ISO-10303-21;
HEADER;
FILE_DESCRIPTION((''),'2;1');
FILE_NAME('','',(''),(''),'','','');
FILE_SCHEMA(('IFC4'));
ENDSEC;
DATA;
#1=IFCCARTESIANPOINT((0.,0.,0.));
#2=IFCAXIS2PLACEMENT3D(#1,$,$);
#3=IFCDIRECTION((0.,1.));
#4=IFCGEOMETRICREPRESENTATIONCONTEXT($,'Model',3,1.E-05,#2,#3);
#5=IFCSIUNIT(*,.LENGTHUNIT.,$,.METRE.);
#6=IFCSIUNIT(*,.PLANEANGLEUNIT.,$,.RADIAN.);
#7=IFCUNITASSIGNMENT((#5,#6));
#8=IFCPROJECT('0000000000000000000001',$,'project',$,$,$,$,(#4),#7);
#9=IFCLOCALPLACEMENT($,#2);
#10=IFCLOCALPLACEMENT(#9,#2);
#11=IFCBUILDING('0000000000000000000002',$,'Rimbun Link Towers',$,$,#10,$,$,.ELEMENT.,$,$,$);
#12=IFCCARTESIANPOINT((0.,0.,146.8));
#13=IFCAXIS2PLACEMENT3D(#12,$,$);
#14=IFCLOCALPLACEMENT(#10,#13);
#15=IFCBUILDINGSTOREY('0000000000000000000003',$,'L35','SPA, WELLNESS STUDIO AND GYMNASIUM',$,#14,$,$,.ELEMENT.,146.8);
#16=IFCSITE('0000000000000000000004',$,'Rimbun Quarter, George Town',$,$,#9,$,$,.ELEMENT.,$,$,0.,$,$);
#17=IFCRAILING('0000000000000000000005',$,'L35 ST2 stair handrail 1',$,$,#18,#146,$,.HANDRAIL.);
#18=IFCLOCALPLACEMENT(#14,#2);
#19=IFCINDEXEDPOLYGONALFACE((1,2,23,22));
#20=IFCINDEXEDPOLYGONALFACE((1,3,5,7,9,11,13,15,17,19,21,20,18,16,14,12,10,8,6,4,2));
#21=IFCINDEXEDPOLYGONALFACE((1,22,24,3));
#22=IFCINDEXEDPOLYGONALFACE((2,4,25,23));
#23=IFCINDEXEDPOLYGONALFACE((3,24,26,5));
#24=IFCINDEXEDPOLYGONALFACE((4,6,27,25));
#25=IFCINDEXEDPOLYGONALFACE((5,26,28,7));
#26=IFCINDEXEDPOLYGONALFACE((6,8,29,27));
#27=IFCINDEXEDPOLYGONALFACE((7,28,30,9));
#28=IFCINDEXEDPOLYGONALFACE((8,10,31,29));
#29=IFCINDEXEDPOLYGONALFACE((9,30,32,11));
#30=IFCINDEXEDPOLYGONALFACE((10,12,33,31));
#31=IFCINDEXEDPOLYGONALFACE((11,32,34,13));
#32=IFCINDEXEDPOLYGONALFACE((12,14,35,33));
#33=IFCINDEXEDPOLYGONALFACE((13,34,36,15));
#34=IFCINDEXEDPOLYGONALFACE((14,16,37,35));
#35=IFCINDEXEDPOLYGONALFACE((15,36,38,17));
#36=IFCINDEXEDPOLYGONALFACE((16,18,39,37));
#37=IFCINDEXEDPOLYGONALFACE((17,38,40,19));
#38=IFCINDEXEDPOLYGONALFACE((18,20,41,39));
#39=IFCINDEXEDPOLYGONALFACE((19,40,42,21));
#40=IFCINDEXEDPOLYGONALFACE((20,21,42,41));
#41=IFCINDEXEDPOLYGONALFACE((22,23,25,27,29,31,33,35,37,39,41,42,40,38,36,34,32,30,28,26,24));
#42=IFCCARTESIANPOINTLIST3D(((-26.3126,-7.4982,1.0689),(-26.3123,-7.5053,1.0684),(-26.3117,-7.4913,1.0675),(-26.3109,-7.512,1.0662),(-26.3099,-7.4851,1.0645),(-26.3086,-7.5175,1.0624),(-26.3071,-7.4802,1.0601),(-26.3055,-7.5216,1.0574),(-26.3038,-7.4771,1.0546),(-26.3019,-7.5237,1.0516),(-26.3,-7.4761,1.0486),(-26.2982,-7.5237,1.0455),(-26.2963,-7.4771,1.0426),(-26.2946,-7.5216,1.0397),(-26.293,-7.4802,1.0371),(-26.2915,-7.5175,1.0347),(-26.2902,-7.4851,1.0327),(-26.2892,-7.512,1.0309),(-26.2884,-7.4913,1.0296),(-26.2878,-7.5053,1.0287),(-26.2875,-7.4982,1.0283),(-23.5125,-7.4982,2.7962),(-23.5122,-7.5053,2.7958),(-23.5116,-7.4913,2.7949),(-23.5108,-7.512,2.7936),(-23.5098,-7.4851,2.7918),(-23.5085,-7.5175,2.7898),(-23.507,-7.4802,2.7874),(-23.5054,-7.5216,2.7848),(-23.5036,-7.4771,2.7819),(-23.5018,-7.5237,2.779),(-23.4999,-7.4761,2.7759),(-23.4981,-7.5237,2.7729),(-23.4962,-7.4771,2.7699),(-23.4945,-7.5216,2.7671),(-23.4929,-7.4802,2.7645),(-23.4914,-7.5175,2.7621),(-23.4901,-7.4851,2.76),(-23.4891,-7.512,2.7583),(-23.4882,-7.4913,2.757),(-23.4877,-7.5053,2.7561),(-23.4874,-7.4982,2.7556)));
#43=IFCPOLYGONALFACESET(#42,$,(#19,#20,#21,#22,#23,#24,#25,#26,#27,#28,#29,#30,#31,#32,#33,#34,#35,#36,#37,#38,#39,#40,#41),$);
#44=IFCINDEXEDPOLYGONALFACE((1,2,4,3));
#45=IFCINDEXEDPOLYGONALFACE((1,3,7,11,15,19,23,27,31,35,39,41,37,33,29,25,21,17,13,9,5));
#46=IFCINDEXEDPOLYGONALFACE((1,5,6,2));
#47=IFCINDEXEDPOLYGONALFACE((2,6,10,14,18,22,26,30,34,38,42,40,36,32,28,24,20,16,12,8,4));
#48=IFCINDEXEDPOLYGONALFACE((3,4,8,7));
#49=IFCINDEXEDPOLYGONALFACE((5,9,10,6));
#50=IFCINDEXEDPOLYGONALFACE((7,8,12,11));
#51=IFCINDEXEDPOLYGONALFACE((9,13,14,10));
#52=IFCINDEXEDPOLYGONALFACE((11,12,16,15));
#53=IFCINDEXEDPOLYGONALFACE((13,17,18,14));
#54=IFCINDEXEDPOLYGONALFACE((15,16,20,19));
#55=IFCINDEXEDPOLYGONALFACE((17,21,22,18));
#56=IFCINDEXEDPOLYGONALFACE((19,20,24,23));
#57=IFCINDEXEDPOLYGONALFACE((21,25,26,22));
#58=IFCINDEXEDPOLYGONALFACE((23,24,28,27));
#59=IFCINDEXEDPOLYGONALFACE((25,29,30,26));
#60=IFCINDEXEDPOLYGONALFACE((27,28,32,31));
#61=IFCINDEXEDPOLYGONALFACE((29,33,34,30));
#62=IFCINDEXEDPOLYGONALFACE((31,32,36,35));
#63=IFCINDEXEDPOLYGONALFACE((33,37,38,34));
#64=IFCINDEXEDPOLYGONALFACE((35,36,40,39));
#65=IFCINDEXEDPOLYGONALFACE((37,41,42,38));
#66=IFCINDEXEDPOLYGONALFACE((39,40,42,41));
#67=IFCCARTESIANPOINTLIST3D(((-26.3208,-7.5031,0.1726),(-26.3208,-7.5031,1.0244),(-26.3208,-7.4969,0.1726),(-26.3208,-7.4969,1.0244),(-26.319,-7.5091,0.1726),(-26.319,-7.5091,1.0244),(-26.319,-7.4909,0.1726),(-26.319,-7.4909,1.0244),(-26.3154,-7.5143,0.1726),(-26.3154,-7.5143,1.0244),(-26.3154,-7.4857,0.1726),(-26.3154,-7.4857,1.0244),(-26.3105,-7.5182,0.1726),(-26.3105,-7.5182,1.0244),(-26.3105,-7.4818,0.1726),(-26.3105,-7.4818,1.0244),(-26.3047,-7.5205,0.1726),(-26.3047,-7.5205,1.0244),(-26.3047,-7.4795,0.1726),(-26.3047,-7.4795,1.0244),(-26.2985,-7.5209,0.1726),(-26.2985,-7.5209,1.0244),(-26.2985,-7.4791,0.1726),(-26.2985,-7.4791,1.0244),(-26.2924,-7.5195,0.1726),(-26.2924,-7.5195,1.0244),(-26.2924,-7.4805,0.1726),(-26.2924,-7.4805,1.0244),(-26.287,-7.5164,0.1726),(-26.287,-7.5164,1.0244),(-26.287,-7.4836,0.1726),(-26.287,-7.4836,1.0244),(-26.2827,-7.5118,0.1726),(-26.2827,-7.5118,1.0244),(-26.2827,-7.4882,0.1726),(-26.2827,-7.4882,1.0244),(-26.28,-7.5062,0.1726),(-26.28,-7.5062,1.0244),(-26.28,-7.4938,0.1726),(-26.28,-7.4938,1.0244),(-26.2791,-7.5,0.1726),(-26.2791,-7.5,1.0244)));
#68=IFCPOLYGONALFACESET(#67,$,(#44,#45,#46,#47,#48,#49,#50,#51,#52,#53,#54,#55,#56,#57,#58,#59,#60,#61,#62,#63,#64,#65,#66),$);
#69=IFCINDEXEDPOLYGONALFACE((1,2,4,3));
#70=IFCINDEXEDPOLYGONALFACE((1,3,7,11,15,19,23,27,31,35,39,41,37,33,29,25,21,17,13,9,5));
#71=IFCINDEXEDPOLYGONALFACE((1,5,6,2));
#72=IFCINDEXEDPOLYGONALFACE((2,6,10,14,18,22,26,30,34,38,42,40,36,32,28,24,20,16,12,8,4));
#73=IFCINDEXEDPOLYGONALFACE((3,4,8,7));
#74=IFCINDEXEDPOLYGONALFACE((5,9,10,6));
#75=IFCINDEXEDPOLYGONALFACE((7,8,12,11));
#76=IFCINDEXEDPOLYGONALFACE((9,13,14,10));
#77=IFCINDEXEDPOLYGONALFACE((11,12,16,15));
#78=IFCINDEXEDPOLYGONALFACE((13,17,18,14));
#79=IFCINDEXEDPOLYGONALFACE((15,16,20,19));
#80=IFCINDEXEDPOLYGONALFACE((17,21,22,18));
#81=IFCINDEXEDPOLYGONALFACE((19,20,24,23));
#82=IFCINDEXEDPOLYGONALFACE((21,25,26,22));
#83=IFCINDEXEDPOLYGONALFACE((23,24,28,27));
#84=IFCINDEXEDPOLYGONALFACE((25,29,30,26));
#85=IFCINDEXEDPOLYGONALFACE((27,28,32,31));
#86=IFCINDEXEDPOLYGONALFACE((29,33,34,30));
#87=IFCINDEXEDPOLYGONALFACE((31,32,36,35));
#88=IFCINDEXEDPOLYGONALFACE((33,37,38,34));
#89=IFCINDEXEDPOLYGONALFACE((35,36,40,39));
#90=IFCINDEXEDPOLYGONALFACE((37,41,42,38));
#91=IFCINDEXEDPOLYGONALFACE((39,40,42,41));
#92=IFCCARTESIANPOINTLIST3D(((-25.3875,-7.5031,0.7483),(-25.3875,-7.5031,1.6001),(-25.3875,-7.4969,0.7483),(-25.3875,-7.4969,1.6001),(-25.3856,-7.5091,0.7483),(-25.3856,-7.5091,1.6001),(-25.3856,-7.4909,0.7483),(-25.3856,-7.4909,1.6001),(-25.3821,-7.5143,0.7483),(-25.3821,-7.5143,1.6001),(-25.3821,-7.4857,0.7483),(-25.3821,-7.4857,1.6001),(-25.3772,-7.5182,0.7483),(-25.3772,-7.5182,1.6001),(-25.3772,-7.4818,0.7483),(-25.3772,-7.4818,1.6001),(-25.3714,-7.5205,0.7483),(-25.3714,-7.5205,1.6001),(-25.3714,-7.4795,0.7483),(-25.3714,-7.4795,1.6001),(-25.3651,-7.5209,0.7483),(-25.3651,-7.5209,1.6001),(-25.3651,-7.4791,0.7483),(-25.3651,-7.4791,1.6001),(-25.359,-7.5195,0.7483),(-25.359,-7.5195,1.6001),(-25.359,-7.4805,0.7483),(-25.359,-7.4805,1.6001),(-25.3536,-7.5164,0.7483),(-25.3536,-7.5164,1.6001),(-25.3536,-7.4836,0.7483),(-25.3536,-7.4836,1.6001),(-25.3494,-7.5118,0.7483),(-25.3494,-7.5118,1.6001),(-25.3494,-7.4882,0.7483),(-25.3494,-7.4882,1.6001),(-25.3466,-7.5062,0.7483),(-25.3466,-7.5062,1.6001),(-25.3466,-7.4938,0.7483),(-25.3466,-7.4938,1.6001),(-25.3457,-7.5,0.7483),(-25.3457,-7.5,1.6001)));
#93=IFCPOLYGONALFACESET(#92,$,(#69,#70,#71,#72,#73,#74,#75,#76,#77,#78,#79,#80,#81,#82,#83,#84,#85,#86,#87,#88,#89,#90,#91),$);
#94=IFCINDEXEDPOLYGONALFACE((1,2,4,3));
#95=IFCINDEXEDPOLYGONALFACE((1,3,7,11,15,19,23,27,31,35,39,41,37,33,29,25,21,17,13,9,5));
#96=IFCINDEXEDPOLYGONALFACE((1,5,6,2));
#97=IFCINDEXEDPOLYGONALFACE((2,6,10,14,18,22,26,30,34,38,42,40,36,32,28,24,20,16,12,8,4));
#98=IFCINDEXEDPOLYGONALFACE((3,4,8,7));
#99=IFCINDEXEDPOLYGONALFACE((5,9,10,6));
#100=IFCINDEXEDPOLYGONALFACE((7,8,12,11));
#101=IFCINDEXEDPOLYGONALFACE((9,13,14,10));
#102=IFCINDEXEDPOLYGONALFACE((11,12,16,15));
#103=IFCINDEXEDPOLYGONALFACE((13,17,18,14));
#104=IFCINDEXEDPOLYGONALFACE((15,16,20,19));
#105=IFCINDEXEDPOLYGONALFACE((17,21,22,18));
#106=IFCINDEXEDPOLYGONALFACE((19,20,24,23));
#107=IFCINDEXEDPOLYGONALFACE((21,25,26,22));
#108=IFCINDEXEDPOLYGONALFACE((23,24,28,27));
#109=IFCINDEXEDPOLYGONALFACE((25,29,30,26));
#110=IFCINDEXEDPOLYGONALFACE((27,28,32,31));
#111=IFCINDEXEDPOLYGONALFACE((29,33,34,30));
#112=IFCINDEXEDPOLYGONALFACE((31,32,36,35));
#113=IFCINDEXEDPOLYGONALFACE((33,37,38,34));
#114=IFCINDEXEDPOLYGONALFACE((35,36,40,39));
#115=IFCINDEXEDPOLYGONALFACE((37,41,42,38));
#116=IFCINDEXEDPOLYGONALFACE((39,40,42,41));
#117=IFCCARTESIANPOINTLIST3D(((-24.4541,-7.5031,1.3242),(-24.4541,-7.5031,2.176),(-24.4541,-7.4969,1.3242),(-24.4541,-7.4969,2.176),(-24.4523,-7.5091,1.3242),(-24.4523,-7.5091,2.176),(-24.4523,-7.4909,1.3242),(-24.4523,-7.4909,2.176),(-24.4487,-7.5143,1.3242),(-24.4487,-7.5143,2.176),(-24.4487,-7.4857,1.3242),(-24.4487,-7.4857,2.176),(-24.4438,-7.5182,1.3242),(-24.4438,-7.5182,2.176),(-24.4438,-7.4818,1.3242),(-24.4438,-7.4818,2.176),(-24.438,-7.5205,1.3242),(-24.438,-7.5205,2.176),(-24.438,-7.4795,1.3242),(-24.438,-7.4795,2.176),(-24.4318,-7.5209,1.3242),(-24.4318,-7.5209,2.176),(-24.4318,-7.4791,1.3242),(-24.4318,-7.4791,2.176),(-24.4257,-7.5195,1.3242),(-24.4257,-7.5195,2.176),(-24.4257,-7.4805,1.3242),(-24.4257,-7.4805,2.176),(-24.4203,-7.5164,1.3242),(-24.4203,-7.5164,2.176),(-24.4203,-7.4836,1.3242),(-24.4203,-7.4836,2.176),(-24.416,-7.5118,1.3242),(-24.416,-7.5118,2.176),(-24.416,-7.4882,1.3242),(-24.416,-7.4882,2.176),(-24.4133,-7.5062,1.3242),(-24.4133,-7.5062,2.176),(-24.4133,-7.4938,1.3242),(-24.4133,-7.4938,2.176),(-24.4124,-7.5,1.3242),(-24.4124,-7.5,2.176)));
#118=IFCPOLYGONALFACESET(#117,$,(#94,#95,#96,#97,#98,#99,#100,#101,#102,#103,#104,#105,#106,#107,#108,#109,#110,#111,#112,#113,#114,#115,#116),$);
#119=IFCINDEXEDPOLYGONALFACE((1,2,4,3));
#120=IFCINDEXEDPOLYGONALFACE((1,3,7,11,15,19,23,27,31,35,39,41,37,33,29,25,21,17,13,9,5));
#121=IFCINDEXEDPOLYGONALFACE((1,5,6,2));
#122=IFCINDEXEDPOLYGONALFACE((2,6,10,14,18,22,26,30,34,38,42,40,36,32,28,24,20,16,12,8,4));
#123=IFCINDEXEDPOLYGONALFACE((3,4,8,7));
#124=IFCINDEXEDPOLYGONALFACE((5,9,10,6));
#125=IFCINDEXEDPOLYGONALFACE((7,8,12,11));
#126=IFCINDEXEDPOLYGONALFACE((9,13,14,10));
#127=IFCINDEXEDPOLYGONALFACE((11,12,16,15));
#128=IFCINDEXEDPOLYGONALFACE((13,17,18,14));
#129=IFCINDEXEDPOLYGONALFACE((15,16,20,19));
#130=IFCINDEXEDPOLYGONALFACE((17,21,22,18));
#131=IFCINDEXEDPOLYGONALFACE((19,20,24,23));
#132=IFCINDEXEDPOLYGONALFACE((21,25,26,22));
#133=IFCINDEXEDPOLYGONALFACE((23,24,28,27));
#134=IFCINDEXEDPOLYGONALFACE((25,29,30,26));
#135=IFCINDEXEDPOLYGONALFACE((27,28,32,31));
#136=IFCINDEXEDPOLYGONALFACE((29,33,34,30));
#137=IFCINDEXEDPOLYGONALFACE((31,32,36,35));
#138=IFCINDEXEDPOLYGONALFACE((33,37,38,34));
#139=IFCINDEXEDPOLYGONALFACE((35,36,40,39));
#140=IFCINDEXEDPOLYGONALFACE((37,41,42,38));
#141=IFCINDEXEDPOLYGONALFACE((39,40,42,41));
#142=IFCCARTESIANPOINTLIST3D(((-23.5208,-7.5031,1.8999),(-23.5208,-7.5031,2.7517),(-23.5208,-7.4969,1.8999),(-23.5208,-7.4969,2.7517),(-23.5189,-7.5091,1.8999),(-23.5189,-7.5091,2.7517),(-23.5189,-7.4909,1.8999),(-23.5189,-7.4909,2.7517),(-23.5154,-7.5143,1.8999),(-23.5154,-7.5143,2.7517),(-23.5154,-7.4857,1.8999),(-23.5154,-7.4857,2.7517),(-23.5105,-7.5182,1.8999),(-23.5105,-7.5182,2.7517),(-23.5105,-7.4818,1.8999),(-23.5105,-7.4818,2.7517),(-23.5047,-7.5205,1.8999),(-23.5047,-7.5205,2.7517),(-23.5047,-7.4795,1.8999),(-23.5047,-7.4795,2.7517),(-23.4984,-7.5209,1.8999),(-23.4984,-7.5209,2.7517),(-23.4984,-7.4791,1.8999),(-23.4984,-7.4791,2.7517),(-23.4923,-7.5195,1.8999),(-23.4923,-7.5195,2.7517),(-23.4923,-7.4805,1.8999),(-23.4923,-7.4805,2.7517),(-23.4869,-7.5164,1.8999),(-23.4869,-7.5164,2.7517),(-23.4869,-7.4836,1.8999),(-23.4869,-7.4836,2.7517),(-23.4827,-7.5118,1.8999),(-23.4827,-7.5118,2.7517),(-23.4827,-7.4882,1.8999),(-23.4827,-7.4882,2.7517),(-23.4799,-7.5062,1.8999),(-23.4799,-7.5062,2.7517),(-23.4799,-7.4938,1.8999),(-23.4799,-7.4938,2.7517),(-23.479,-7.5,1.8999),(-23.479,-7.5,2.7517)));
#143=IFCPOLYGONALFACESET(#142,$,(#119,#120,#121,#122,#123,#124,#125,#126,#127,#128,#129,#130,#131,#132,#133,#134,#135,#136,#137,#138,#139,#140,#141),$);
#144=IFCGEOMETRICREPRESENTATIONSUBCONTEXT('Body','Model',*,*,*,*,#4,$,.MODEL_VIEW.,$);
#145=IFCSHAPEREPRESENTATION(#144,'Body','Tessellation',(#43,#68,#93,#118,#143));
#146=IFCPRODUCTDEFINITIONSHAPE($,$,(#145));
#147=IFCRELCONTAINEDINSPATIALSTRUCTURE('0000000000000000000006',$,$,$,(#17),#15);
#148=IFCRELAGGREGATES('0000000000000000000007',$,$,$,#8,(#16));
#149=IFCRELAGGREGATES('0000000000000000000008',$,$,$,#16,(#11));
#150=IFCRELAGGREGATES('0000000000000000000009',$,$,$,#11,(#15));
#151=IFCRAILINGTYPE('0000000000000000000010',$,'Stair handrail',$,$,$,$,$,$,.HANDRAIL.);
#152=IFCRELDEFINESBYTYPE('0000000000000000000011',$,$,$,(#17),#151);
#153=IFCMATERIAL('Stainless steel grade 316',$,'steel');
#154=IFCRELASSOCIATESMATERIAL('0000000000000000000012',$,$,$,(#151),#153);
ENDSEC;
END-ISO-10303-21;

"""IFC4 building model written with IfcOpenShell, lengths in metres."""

from ifc_helpers import new_model, si_unit, direction, frame, origin, origin_2d, place, context, subcontext, project, spatial, circle, extrude, material, type_object, element, save


model = new_model("IFC4")

# Units and contexts
model_context = context("Model", 3, precision=1e-05, world=origin(), true_north=direction((0.0, 1.0)))
body_context = subcontext(model_context, "Body", "Model", "MODEL_VIEW")
ifc_project = project(units=[si_unit("LENGTHUNIT", "METRE"), si_unit("PLANEANGLEUNIT", "RADIAN")], contexts=[model_context])

# Site, building, storey
site_placement = place(None, origin())
site = spatial("IfcSite", under=ifc_project, at=site_placement, Name="Rimbun Quarter, George Town", CompositionType="ELEMENT", RefElevation=0.0)
building_placement = place(site_placement, origin())
building = spatial("IfcBuilding", under=site, at=building_placement, Name="Rimbun Link Towers", CompositionType="ELEMENT")
storey_placement = place(building_placement, frame((0.0, 0.0, 146.8)))
storey = spatial("IfcBuildingStorey", under=building, at=storey_placement, Name="L35", Description="SPA, WELLNESS STUDIO AND GYMNASIUM", CompositionType="ELEMENT", Elevation=146.8)

# Railing
ifc_material_1 = material(Name="Stainless steel grade 316", Category="steel")
railing_type_1 = type_object("IfcRailingType", Name="Stair handrail", PredefinedType="HANDRAIL", material=ifc_material_1)
railing_1_placement = place(storey_placement, frame((-26.3, -7.5, 0.1726)))
element("IfcRailing", 1, at=railing_1_placement, inside=storey, type_object=railing_type_1, Name="L35 ST2 stair handrail 1", PredefinedType="HANDRAIL", context=body_context, shape_type="SweptSolid", body=[
    extrude(circle(Radius=0.0239, at=origin_2d()), frame((0.0, 0.0, 0.876), z_axis=(0.85109, 0.0, 0.52502), x_axis=(0.0, 1.0, 0.0)), (0.0, 0.0, 1.0), 3.29),
    extrude(circle(Radius=0.021, at=origin_2d()), origin(), (0.0, 0.0, 1.0), 0.8518),
    extrude(circle(Radius=0.021, at=origin_2d()), frame((0.9333, 0.0, 0.5757)), (0.0, 0.0, 1.0), 0.8518),
    extrude(circle(Radius=0.021, at=origin_2d()), frame((1.8667, 0.0, 1.1516)), (0.0, 0.0, 1.0), 0.8518),
    extrude(circle(Radius=0.021, at=origin_2d()), frame((2.8, 0.0, 1.7273)), (0.0, 0.0, 1.0), 0.8518),
])

save(model, "model.ifc")
